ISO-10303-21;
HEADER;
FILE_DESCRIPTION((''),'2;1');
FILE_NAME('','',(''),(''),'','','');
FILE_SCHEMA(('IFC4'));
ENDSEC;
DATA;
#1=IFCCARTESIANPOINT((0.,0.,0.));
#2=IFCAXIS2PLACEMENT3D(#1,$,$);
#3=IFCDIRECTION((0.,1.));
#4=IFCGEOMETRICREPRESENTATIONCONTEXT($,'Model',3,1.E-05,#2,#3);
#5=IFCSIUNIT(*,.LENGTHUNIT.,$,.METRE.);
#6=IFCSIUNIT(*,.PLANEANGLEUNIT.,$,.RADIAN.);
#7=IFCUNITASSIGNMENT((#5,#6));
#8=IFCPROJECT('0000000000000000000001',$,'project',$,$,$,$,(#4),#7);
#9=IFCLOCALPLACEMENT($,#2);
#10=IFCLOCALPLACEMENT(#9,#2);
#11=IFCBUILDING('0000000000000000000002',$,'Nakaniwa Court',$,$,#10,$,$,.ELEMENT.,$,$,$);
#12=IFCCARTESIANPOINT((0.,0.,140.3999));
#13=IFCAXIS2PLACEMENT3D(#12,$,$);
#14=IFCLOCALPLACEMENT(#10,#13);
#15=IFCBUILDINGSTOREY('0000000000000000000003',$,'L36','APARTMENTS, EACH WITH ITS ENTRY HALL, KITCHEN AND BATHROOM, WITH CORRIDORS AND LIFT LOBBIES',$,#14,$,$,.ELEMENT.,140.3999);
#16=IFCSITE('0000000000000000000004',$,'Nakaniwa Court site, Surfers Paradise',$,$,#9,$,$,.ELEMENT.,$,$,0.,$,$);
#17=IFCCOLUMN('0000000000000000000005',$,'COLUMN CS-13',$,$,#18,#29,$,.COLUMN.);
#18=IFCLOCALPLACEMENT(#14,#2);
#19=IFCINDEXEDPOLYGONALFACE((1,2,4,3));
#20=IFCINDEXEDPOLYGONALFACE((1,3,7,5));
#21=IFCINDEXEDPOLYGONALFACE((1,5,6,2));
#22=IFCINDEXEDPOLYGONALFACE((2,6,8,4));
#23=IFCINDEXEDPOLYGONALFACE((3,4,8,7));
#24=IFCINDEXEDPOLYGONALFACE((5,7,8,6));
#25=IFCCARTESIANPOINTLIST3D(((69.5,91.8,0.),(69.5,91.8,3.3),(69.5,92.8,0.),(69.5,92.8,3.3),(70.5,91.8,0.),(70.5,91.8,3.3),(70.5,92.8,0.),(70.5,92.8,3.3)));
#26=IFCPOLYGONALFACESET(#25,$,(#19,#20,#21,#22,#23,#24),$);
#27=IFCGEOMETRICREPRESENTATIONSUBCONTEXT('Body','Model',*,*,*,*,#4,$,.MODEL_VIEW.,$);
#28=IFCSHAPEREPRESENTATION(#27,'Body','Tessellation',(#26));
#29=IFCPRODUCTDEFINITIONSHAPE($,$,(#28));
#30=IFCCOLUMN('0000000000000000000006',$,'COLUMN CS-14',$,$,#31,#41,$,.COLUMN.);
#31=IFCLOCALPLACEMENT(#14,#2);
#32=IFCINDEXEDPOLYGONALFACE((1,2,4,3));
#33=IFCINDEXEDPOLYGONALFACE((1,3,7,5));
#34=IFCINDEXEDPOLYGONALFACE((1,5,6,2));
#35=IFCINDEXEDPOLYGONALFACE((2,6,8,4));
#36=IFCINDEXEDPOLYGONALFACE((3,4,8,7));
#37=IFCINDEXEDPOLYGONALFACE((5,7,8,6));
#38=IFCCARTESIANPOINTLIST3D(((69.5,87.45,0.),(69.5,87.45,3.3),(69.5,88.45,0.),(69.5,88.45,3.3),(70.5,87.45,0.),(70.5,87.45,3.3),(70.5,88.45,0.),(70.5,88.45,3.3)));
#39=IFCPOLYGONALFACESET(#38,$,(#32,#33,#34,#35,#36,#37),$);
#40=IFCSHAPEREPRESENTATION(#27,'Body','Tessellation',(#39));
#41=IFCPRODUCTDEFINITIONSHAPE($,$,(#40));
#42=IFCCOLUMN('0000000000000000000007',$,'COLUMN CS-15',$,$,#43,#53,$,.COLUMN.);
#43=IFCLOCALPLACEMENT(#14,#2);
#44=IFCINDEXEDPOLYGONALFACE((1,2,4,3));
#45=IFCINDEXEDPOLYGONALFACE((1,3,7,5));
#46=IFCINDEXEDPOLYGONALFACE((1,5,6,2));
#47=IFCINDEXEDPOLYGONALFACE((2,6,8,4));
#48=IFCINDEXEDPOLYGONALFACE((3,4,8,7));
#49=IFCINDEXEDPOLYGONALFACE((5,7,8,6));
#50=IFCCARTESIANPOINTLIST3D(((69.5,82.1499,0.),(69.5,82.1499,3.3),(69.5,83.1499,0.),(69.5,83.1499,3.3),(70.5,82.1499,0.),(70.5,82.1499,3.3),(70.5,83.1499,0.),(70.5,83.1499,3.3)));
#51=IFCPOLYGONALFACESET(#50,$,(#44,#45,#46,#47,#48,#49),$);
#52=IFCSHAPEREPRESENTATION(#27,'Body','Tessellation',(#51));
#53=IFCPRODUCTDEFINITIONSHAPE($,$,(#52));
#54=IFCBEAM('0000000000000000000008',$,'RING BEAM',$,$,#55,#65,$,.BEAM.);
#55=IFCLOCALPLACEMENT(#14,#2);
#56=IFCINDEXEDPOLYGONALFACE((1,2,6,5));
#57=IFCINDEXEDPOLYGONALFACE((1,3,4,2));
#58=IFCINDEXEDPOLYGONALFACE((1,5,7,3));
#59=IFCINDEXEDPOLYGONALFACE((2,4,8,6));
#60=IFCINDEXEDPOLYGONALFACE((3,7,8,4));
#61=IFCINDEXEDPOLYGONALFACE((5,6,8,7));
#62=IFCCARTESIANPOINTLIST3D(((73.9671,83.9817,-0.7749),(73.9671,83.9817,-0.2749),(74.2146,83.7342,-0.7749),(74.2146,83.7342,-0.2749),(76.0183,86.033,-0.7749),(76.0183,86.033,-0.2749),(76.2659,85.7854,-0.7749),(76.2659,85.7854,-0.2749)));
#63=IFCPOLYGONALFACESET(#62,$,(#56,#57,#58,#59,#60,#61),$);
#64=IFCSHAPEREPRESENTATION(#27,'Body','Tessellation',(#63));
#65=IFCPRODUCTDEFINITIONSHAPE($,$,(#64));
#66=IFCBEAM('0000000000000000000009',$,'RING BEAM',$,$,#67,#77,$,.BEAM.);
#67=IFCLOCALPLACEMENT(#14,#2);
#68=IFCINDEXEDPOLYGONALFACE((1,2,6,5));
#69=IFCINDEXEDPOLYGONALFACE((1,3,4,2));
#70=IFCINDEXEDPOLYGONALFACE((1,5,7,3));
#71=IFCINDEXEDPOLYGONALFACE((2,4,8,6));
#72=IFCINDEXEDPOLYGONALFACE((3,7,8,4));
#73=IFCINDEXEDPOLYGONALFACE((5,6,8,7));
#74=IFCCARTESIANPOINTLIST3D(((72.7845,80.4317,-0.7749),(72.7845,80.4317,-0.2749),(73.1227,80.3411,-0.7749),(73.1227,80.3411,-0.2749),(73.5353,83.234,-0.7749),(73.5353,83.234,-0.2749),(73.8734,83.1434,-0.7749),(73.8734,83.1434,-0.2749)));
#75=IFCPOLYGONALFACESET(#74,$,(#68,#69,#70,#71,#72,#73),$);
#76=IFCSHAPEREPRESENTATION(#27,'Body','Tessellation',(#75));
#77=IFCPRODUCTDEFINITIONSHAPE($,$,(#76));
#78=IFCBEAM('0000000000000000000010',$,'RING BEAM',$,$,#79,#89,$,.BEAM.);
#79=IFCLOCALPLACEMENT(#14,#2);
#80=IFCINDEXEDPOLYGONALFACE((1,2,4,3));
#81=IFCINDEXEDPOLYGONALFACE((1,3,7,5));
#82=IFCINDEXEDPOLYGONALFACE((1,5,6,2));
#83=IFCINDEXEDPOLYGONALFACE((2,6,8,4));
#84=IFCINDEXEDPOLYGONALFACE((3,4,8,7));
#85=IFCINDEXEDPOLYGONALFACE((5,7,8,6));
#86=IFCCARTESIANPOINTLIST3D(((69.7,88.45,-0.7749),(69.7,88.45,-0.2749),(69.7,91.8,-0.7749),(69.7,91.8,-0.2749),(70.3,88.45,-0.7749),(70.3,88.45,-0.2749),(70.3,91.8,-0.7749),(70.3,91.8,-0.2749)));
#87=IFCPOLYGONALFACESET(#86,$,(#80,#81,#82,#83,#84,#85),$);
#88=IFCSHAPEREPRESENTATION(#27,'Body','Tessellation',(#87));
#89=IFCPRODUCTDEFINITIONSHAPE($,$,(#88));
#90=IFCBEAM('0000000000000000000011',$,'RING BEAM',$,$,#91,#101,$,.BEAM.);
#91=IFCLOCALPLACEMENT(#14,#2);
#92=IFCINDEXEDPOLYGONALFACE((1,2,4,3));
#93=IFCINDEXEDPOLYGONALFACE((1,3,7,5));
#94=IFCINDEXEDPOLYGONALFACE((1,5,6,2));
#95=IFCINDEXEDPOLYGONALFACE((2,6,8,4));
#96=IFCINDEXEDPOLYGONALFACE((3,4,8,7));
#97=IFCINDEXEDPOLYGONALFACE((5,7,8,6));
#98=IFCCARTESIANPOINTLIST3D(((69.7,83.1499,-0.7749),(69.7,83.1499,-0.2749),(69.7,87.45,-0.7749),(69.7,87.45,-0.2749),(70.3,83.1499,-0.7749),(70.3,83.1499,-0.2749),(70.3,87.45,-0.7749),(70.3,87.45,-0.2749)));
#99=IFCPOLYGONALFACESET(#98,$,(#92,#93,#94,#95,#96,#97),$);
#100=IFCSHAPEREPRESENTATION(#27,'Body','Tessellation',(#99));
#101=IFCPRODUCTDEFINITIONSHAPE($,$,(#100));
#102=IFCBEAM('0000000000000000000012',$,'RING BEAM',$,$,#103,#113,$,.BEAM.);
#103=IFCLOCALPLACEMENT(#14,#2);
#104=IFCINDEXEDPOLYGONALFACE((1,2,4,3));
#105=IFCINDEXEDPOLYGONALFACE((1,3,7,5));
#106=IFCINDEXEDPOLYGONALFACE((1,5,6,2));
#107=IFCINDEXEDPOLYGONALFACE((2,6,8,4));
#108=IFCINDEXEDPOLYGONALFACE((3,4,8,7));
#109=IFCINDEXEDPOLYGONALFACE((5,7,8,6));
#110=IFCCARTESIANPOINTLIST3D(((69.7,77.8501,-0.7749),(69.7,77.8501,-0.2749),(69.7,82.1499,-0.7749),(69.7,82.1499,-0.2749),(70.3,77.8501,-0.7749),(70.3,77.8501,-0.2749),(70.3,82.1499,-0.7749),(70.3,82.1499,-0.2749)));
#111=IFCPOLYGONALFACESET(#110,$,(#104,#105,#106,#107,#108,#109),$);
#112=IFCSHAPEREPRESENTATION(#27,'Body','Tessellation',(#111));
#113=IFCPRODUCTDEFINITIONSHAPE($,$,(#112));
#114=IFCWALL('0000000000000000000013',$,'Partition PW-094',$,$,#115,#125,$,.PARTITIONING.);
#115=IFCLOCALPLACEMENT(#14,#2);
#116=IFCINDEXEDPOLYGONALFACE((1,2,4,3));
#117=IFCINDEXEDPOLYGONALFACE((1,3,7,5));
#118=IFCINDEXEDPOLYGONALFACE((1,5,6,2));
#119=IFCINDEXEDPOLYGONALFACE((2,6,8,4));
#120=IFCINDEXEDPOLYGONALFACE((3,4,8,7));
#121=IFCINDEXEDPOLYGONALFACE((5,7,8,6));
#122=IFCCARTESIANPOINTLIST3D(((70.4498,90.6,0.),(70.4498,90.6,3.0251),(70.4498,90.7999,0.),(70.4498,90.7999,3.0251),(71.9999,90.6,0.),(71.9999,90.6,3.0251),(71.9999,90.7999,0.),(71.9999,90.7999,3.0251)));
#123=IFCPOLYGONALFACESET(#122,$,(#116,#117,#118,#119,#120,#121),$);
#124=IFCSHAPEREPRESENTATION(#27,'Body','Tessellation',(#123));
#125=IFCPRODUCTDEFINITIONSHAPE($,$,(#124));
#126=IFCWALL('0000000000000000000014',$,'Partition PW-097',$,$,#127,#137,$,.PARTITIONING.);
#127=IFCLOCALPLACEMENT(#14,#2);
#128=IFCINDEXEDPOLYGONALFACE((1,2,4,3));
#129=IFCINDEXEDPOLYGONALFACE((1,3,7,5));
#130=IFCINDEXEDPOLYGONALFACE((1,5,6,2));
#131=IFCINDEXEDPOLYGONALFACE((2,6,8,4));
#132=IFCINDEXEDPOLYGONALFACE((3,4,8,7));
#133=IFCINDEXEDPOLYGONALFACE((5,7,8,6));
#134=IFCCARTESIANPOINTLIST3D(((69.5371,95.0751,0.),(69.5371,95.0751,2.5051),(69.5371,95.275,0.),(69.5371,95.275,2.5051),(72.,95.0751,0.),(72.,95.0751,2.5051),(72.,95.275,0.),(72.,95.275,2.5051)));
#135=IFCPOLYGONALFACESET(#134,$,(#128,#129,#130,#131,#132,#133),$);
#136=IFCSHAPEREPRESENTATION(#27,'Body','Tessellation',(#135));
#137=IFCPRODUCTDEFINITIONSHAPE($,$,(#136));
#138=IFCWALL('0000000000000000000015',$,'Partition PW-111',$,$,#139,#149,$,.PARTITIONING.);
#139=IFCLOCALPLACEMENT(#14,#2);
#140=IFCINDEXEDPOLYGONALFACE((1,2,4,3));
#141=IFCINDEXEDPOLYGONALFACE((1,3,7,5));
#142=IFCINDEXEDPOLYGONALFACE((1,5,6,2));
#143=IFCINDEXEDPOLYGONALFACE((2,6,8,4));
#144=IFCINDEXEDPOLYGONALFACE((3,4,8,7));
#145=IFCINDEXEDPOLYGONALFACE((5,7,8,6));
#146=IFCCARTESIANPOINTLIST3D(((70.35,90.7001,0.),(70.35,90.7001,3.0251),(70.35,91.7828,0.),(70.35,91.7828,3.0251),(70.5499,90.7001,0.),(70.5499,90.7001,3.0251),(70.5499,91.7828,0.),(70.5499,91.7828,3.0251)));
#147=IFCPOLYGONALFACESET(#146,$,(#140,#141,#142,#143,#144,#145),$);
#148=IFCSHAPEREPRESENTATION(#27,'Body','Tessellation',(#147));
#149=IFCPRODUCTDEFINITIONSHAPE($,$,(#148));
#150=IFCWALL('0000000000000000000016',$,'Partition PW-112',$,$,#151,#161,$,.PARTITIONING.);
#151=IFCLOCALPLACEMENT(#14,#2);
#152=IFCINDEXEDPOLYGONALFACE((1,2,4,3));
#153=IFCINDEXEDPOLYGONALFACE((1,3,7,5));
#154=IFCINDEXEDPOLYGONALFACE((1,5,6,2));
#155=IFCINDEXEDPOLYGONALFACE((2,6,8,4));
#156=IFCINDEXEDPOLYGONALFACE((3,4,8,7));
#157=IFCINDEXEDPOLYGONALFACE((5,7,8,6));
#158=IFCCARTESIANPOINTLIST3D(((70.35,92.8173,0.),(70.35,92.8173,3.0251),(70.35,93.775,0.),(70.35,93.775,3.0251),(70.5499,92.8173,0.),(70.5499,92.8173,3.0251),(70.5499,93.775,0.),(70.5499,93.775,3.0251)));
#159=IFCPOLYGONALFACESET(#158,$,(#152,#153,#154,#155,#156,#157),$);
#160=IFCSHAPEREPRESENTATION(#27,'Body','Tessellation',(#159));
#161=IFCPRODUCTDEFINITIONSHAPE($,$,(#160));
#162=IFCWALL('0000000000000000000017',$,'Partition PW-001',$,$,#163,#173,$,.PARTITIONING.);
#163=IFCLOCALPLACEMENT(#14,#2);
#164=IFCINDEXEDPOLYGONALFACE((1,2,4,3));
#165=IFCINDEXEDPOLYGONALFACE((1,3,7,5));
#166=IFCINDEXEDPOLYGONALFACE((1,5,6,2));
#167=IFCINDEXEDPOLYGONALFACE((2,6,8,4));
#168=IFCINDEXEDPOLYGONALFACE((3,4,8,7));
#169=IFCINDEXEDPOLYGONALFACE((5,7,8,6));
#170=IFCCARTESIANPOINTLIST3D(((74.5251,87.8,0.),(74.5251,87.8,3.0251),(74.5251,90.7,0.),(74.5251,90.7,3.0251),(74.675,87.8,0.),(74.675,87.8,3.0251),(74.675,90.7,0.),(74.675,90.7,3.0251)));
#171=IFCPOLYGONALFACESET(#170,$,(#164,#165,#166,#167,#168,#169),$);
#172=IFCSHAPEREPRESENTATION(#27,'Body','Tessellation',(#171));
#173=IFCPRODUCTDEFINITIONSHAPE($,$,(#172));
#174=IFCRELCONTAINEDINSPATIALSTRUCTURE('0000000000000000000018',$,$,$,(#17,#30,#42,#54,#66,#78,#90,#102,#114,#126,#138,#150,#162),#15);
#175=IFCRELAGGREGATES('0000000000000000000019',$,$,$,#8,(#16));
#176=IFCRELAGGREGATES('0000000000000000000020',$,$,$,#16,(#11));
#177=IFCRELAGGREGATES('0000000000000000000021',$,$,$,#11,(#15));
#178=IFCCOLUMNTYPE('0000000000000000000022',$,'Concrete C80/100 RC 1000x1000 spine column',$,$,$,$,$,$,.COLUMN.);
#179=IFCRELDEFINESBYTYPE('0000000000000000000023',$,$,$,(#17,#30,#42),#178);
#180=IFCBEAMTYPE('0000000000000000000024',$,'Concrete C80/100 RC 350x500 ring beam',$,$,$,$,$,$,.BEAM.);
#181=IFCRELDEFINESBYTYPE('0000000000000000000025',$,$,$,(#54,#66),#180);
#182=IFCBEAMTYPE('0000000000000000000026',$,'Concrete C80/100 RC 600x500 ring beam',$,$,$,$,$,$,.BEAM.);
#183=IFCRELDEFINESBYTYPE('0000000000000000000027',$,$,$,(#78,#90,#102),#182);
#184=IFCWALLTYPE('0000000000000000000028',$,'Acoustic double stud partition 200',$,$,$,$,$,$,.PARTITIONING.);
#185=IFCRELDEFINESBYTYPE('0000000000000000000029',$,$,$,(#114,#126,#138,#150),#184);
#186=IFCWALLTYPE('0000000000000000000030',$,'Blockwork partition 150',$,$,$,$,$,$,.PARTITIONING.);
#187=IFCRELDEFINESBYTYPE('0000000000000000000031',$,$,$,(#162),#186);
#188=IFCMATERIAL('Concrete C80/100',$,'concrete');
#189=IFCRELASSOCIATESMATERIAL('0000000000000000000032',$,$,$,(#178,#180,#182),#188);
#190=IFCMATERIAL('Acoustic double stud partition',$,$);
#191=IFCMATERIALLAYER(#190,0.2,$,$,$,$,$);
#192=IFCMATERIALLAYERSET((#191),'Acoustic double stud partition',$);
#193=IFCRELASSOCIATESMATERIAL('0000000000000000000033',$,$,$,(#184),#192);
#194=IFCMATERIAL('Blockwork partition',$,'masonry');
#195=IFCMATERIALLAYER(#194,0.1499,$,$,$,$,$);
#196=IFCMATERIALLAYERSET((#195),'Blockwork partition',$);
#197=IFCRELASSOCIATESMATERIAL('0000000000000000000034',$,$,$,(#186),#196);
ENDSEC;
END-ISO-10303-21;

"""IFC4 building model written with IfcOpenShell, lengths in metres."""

from ifc_helpers import new_model, si_unit, direction, frame, frame_2d, origin, origin_2d, place, context, subcontext, project, spatial, rectangle, extrude, material, layer, layer_set, material_profile, profile_set, type_object, element, save


model = new_model("IFC4")

# Units and contexts
model_context = context("Model", 3, precision=1e-05, world=origin(), true_north=direction((0.0, 1.0)))
body_context = subcontext(model_context, "Body", "Model", "MODEL_VIEW")
ifc_project = project(units=[si_unit("LENGTHUNIT", "METRE"), si_unit("PLANEANGLEUNIT", "RADIAN")], contexts=[model_context])

# Site, building, storey
site_placement = place(None, origin())
site = spatial("IfcSite", under=ifc_project, at=site_placement, Name="Nakaniwa Court site, Surfers Paradise", CompositionType="ELEMENT", RefElevation=0.0)
building_placement = place(site_placement, origin())
building = spatial("IfcBuilding", under=site, at=building_placement, Name="Nakaniwa Court", CompositionType="ELEMENT")
storey_placement = place(building_placement, frame((0.0, 0.0, 140.3999)))
storey = spatial("IfcBuildingStorey", under=building, at=storey_placement, Name="L36", Description="APARTMENTS, EACH WITH ITS ENTRY HALL, KITCHEN AND BATHROOM, WITH CORRIDORS AND LIFT LOBBIES", CompositionType="ELEMENT", Elevation=140.3999)

# Columns
ifc_material_1 = material(Name="Concrete C80/100", Category="concrete")
ifc_material_profile_1 = material_profile(ifc_material_1, rectangle(XDim=1.0, YDim=1.0, at=origin_2d()), Name="Concrete C80/100 RC 1000x1000 spine column")
ifc_profile_set_1 = profile_set([ifc_material_profile_1], Name="Concrete C80/100")
column_type_1 = type_object("IfcColumnType", Name="Concrete C80/100 RC 1000x1000 spine column", PredefinedType="COLUMN", material=ifc_profile_set_1)
for number, where, z_axis, x_axis, name in (
    (1, (70.0, 92.3, 0.0), (0.0, 0.0, 1.0), (0.0, -1.0, 0.0), "COLUMN CS-13"),
    (2, (70.0, 87.95, 0.0), (0.0, 0.0, 1.0), (0.0, -1.0, 0.0), "COLUMN CS-14"),
    (3, (70.0, 82.6499, 0.0), (0.0, 0.0, 1.0), (0.0, -1.0, 0.0), "COLUMN CS-15"),
):
    element("IfcColumn", number, at=place(storey_placement, frame(where, z_axis=z_axis, x_axis=x_axis)), inside=storey, type_object=column_type_1, Name=name, PredefinedType="COLUMN", context=body_context, shape_type="SweptSolid", body=[
        extrude(rectangle(XDim=1.0, YDim=1.0, at=origin_2d()), origin(), (0.0, 0.0, 1.0), 3.3),
    ])

# Beams
ifc_material_profile_2 = material_profile(ifc_material_1, rectangle(XDim=0.3501, YDim=0.5, at=origin_2d()), Name="Concrete C80/100 RC 350x500 ring beam")
ifc_profile_set_2 = profile_set([ifc_material_profile_2], Name="Concrete C80/100")
beam_type_1 = type_object("IfcBeamType", Name="Concrete C80/100 RC 350x500 ring beam", PredefinedType="BEAM", material=ifc_profile_set_2)
beam_1_placement = place(storey_placement, frame((76.1421, 85.9092, -0.5249), z_axis=(-0.707107, -0.707107, 0.0), x_axis=(0.707107, -0.707107, 0.0)))
element("IfcBeam", 4, at=beam_1_placement, inside=storey, type_object=beam_type_1, Name="RING BEAM", PredefinedType="BEAM", context=body_context, shape_type="SweptSolid", body=[
    extrude(rectangle(XDim=0.3501, YDim=0.5, at=origin_2d()), origin(), (0.0, 0.0, 1.0), 2.9009),
])
beam_2_placement = place(storey_placement, frame((73.7043, 83.1887, -0.5249), z_axis=(-0.258778, -0.965937, 0.0), x_axis=(0.965937, -0.258778, 0.0)))
element("IfcBeam", 5, at=beam_2_placement, inside=storey, type_object=beam_type_1, Name="RING BEAM", PredefinedType="BEAM", context=body_context, shape_type="SweptSolid", body=[
    extrude(rectangle(XDim=0.3501, YDim=0.5, at=origin_2d()), origin(), (0.0, 0.0, 1.0), 2.9011),
])
ifc_material_profile_3 = material_profile(ifc_material_1, rectangle(XDim=0.6001, YDim=0.5, at=origin_2d()), Name="Concrete C80/100 RC 600x500 ring beam")
ifc_profile_set_3 = profile_set([ifc_material_profile_3], Name="Concrete C80/100")
beam_type_2 = type_object("IfcBeamType", Name="Concrete C80/100 RC 600x500 ring beam", PredefinedType="BEAM", material=ifc_profile_set_3)
beam_3_placement = place(storey_placement, frame((70.0, 91.8, -0.5249), z_axis=(0.0, -1.0, 0.0), x_axis=(1.0, 0.0, 0.0)))
element("IfcBeam", 6, at=beam_3_placement, inside=storey, type_object=beam_type_2, Name="RING BEAM", PredefinedType="BEAM", context=body_context, shape_type="SweptSolid", body=[
    extrude(rectangle(XDim=0.6001, YDim=0.5, at=origin_2d()), origin(), (0.0, 0.0, 1.0), 3.3501),
])
beam_4_placement = place(storey_placement, frame((70.0, 87.45, -0.5249), z_axis=(0.0, -1.0, 0.0), x_axis=(1.0, 0.0, 0.0)))
element("IfcBeam", 7, at=beam_4_placement, inside=storey, type_object=beam_type_2, Name="RING BEAM", PredefinedType="BEAM", context=body_context, shape_type="SweptSolid", body=[
    extrude(rectangle(XDim=0.6001, YDim=0.5, at=origin_2d()), origin(), (0.0, 0.0, 1.0), 4.3),
])
beam_5_placement = place(storey_placement, frame((70.0, 82.1499, -0.5249), z_axis=(0.0, -1.0, 0.0), x_axis=(1.0, 0.0, 0.0)))
element("IfcBeam", 8, at=beam_5_placement, inside=storey, type_object=beam_type_2, Name="RING BEAM", PredefinedType="BEAM", context=body_context, shape_type="SweptSolid", body=[
    extrude(rectangle(XDim=0.6001, YDim=0.5, at=origin_2d()), origin(), (0.0, 0.0, 1.0), 4.2998),
])

# Walls
ifc_material_2 = material(Name="Acoustic double stud partition")
ifc_layer_1 = layer(ifc_material_2, 0.2)
ifc_layer_set_1 = layer_set([ifc_layer_1], Name="Acoustic double stud partition")
wall_type_1 = type_object("IfcWallType", Name="Acoustic double stud partition 200", PredefinedType="PARTITIONING", material=ifc_layer_set_1)
wall_1_placement = place(storey_placement, frame((70.45, 90.7, 0.0), z_axis=(0.0, 0.0, 1.0), x_axis=(1.0, 0.0, 0.0)))
element("IfcWall", 9, at=wall_1_placement, inside=storey, type_object=wall_type_1, Name="Partition PW-094", PredefinedType="PARTITIONING", context=body_context, shape_type="SweptSolid", body=[
    extrude(rectangle(XDim=1.55, YDim=0.2, at=frame_2d((0.7749, 0.0))), origin(), (0.0, 0.0, 1.0), 3.0251),
])
wall_2_placement = place(storey_placement, frame((69.5371, 95.175, 0.0), z_axis=(0.0, 0.0, 1.0), x_axis=(1.0, 0.0, 0.0)))
element("IfcWall", 10, at=wall_2_placement, inside=storey, type_object=wall_type_1, Name="Partition PW-097", PredefinedType="PARTITIONING", context=body_context, shape_type="SweptSolid", body=[
    extrude(rectangle(XDim=2.4629, YDim=0.2, at=frame_2d((1.2314, 0.0))), origin(), (0.0, 0.0, 1.0), 2.5051),
])
wall_3_placement = place(storey_placement, frame((70.45, 90.7, 0.0), z_axis=(0.0, 0.0, 1.0), x_axis=(0.0, 1.0, 0.0)))
element("IfcWall", 11, at=wall_3_placement, inside=storey, type_object=wall_type_1, Name="Partition PW-111", PredefinedType="PARTITIONING", context=body_context, shape_type="SweptSolid", body=[
    extrude(rectangle(XDim=1.0828, YDim=0.2, at=frame_2d((0.5415, 0.0))), origin(), (0.0, 0.0, 1.0), 3.0251),
])
wall_4_placement = place(storey_placement, frame((70.45, 92.8171, 0.0), z_axis=(0.0, 0.0, 1.0), x_axis=(0.0, 1.0, 0.0)))
element("IfcWall", 12, at=wall_4_placement, inside=storey, type_object=wall_type_1, Name="Partition PW-112", PredefinedType="PARTITIONING", context=body_context, shape_type="SweptSolid", body=[
    extrude(rectangle(XDim=0.9578, YDim=0.2, at=frame_2d((0.479, 0.0))), origin(), (0.0, 0.0, 1.0), 3.0251),
])
ifc_material_3 = material(Name="Blockwork partition", Category="masonry")
ifc_layer_2 = layer(ifc_material_3, 0.1499)
ifc_layer_set_2 = layer_set([ifc_layer_2], Name="Blockwork partition")
wall_type_2 = type_object("IfcWallType", Name="Blockwork partition 150", PredefinedType="PARTITIONING", material=ifc_layer_set_2)
wall_5_placement = place(storey_placement, frame((74.6001, 87.8, 0.0), z_axis=(0.0, 0.0, 1.0), x_axis=(0.0, 1.0, 0.0)))
element("IfcWall", 13, at=wall_5_placement, inside=storey, type_object=wall_type_2, Name="Partition PW-001", PredefinedType="PARTITIONING", context=body_context, shape_type="SweptSolid", body=[
    extrude(rectangle(XDim=2.8999, YDim=0.1499, at=frame_2d((1.45, 0.0))), origin(), (0.0, 0.0, 1.0), 3.0251),
])

save(model, "model.ifc")
